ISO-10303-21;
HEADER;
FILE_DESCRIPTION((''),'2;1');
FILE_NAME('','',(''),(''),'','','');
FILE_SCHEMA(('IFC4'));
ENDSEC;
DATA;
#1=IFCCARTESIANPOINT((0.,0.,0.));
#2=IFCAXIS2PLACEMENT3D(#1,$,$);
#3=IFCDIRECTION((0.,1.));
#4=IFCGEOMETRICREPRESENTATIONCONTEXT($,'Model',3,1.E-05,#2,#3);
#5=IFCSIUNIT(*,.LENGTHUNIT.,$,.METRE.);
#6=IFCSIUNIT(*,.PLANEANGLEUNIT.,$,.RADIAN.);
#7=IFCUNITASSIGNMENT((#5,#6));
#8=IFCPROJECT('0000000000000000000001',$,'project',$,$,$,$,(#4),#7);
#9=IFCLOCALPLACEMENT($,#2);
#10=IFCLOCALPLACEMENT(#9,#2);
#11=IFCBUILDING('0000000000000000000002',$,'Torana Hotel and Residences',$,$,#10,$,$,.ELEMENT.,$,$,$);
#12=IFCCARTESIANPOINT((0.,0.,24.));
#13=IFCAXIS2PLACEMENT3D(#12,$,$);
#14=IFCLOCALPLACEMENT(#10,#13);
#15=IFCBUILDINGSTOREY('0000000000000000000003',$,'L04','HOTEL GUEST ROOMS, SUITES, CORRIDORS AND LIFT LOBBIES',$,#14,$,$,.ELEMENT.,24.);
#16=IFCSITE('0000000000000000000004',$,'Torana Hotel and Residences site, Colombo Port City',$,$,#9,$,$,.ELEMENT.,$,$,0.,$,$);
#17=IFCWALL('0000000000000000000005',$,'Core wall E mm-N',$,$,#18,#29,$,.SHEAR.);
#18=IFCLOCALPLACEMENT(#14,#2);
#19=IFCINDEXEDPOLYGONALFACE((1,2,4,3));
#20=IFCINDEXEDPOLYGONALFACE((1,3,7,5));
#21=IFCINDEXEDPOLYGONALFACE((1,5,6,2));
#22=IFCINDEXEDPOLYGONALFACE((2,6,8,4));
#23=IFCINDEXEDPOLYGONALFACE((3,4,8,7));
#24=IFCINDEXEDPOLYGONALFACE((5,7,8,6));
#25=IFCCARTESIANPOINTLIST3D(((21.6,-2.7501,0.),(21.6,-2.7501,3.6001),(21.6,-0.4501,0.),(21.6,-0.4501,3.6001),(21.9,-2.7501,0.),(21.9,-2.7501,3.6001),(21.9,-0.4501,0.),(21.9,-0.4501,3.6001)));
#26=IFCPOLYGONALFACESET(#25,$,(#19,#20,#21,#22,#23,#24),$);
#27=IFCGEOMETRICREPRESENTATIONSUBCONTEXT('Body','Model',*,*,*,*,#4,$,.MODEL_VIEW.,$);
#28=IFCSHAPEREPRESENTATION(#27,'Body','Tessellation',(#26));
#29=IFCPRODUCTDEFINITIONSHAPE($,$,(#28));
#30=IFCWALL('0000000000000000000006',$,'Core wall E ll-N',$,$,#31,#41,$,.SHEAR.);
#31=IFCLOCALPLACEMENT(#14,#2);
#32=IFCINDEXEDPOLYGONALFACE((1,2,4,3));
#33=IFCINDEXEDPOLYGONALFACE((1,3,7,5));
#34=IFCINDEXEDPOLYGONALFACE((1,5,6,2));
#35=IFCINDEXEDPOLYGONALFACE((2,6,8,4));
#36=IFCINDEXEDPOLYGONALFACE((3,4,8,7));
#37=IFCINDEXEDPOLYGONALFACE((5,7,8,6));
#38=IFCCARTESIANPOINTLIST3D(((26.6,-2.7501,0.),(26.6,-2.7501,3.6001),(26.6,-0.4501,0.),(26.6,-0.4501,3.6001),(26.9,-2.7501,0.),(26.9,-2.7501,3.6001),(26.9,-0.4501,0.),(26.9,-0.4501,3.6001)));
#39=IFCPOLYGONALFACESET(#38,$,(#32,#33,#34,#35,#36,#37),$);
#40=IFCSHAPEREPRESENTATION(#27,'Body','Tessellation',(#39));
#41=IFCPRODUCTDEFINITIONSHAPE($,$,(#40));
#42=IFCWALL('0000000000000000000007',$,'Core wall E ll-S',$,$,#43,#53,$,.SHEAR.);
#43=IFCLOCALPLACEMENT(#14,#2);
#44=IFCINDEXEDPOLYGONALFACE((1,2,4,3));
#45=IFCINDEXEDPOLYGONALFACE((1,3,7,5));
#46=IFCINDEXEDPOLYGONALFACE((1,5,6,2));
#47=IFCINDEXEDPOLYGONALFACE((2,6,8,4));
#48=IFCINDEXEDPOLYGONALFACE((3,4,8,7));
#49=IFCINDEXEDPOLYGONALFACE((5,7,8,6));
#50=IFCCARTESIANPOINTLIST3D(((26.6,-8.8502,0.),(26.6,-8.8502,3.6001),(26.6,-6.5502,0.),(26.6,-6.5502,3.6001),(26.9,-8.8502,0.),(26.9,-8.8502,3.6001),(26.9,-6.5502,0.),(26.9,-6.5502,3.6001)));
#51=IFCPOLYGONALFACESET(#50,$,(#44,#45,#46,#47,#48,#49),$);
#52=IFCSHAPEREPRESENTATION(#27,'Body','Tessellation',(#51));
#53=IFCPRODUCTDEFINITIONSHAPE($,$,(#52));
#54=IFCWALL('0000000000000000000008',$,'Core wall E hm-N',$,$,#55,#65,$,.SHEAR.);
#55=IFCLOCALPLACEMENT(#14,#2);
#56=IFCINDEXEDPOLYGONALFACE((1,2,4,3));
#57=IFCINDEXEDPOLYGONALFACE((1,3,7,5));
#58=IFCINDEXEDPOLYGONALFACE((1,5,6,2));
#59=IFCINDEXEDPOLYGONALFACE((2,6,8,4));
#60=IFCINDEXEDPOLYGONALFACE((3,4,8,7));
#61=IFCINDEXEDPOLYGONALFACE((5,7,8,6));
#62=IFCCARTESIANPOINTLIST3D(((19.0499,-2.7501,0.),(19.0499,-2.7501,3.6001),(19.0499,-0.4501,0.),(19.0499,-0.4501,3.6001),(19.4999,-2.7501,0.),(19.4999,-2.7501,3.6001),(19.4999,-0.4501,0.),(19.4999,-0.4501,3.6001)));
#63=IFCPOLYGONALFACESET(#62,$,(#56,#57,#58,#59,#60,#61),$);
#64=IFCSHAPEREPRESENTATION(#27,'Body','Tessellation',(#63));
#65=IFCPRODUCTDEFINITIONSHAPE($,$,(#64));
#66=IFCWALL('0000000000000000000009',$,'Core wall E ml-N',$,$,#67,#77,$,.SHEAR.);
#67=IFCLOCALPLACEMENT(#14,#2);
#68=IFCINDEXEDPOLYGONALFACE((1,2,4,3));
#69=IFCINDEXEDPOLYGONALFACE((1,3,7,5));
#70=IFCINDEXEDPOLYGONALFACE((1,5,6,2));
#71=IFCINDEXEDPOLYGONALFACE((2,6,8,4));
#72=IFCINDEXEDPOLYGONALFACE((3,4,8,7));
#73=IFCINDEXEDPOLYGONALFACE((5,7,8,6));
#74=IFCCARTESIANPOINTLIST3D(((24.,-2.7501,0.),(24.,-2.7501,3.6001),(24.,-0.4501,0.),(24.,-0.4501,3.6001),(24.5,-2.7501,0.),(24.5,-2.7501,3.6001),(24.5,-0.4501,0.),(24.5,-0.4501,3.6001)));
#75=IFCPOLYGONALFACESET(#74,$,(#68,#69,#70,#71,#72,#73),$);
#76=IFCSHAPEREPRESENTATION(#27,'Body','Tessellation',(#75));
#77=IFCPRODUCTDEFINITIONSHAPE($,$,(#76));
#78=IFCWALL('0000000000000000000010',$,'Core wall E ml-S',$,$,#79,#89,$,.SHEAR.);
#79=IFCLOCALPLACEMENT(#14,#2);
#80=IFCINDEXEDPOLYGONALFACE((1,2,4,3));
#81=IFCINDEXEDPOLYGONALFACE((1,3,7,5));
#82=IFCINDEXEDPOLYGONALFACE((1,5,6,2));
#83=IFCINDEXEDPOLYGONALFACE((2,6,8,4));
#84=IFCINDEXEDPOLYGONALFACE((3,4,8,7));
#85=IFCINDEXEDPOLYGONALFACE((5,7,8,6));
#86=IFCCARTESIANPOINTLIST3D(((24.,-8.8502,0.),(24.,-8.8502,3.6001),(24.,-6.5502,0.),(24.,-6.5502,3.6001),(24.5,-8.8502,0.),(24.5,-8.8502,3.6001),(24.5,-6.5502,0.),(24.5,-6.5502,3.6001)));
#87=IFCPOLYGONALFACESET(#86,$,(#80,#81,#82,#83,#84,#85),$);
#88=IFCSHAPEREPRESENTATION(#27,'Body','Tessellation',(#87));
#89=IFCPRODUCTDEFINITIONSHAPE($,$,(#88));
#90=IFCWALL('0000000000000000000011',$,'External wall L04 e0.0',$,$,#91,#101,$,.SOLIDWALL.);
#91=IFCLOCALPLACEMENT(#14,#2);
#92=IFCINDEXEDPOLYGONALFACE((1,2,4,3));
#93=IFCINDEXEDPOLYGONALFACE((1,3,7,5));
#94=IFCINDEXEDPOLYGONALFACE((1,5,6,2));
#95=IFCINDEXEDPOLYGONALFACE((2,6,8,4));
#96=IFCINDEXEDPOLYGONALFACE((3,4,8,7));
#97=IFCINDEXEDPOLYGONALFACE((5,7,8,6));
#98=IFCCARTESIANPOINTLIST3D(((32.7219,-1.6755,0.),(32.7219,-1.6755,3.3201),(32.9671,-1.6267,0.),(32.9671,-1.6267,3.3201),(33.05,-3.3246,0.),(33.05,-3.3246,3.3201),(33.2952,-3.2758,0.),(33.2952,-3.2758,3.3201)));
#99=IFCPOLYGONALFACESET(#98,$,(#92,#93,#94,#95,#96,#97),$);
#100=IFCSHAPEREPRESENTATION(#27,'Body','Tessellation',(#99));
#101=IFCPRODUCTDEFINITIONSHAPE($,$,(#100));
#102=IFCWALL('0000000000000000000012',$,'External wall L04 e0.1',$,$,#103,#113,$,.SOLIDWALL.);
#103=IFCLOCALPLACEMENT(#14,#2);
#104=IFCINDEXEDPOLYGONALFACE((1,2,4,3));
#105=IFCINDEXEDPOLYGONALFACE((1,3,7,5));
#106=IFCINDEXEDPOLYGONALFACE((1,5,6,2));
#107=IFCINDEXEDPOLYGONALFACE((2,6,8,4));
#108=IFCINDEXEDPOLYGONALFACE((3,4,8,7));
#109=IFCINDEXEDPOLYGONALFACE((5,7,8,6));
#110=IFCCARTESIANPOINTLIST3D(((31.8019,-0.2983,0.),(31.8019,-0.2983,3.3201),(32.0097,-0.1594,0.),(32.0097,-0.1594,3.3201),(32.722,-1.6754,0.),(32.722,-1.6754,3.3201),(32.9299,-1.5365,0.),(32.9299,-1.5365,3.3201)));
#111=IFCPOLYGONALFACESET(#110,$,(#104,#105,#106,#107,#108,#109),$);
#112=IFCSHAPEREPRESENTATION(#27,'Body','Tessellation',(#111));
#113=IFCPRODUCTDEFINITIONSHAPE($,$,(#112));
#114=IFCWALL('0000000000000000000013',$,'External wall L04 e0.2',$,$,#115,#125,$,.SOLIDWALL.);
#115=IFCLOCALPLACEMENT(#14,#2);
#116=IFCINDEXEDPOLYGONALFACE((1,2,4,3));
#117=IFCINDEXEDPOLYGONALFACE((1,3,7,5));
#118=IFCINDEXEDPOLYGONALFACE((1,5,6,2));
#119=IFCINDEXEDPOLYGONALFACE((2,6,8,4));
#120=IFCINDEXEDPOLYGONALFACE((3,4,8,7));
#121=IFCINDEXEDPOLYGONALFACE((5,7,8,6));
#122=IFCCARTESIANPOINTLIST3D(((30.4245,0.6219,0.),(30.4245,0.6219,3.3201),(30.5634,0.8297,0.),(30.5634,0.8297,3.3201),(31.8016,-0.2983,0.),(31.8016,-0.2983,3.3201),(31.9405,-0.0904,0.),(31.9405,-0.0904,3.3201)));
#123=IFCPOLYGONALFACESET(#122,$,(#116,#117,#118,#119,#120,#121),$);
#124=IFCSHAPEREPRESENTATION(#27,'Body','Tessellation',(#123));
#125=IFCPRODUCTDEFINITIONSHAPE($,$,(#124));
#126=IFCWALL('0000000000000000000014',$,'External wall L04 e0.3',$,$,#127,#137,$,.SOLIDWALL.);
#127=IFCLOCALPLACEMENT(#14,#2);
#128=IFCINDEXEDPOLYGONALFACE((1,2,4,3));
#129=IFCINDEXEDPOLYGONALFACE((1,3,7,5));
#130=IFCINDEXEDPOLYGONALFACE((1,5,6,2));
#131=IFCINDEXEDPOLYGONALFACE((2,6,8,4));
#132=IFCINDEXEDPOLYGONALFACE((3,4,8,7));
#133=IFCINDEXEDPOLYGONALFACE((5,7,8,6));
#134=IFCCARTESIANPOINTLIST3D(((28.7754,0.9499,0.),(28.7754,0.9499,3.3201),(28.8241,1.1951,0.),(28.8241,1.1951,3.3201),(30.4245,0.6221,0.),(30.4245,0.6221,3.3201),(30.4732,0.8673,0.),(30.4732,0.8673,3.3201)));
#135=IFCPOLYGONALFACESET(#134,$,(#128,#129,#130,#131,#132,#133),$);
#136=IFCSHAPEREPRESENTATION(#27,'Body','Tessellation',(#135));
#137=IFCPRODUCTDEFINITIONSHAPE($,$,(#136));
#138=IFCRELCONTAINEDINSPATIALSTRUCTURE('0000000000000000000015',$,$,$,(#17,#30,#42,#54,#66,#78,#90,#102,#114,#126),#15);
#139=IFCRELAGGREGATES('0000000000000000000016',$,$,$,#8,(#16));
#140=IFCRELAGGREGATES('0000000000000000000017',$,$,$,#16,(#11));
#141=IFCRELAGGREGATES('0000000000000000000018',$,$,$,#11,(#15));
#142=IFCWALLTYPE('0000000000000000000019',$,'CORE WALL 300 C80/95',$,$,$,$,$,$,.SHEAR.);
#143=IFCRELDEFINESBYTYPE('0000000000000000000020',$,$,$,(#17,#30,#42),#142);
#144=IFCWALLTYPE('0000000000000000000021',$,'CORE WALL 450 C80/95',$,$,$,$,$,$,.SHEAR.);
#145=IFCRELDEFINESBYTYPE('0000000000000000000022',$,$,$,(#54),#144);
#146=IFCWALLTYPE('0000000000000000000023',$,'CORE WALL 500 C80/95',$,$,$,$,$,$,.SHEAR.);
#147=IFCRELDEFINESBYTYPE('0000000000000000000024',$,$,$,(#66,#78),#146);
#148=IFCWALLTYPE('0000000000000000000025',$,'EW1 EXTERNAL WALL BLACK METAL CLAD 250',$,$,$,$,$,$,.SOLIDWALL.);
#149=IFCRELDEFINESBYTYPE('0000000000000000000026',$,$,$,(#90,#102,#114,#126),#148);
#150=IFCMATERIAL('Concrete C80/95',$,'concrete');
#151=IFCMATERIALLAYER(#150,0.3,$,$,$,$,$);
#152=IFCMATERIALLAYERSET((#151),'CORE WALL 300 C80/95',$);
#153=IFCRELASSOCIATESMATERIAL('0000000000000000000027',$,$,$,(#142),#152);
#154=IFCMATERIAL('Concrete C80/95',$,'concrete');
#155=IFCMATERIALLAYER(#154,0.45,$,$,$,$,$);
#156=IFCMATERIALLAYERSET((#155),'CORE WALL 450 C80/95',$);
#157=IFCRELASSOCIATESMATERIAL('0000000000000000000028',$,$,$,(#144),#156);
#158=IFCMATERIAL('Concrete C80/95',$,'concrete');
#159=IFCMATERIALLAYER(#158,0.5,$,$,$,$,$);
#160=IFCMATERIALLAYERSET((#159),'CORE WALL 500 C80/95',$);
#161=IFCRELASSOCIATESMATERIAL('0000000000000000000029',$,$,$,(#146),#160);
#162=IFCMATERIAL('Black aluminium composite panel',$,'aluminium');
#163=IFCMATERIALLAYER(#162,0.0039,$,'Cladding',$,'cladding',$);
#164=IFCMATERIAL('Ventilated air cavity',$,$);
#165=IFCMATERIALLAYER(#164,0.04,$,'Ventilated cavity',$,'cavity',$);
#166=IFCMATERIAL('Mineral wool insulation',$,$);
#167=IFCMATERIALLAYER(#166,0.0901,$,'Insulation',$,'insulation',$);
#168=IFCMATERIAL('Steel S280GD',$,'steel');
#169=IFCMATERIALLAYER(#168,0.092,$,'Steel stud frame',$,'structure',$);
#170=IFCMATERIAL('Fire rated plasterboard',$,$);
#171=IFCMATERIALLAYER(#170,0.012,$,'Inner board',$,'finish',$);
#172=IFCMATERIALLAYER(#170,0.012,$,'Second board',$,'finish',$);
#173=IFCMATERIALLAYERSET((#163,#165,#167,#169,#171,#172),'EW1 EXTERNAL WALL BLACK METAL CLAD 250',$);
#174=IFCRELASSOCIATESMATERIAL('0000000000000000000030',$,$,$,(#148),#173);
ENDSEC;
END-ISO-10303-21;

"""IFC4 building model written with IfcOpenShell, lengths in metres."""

from ifc_helpers import new_model, si_unit, direction, frame, frame_2d, origin, place, context, subcontext, project, spatial, rectangle, extrude, material, layer, layer_set, type_object, element, save


model = new_model("IFC4")

# Units and contexts
model_context = context("Model", 3, precision=1e-05, world=origin(), true_north=direction((0.0, 1.0)))
body_context = subcontext(model_context, "Body", "Model", "MODEL_VIEW")
ifc_project = project(units=[si_unit("LENGTHUNIT", "METRE"), si_unit("PLANEANGLEUNIT", "RADIAN")], contexts=[model_context])

# Site, building, storey
site_placement = place(None, origin())
site = spatial("IfcSite", under=ifc_project, at=site_placement, Name="Torana Hotel and Residences site, Colombo Port City", CompositionType="ELEMENT", RefElevation=0.0)
building_placement = place(site_placement, origin())
building = spatial("IfcBuilding", under=site, at=building_placement, Name="Torana Hotel and Residences", CompositionType="ELEMENT")
storey_placement = place(building_placement, frame((0.0, 0.0, 24.0)))
storey = spatial("IfcBuildingStorey", under=building, at=storey_placement, Name="L04", Description="HOTEL GUEST ROOMS, SUITES, CORRIDORS AND LIFT LOBBIES", CompositionType="ELEMENT", Elevation=24.0)

# Walls
ifc_material_1 = material(Name="Concrete C80/95", Category="concrete")
ifc_layer_1 = layer(ifc_material_1, 0.3)
ifc_layer_set_1 = layer_set([ifc_layer_1], Name="CORE WALL 300 C80/95")
wall_type_1 = type_object("IfcWallType", Name="CORE WALL 300 C80/95", PredefinedType="SHEAR", material=ifc_layer_set_1)
for number, where, z_axis, x_axis, name in (
    (1, (21.75, -2.75, 0.0), (0.0, 0.0, 1.0), (0.0, 1.0, 0.0), "Core wall E mm-N"),
    (2, (26.75, -2.75, 0.0), (0.0, 0.0, 1.0), (0.0, 1.0, 0.0), "Core wall E ll-N"),
    (3, (26.75, -8.8501, 0.0), (0.0, 0.0, 1.0), (0.0, 1.0, 0.0), "Core wall E ll-S"),
):
    element("IfcWall", number, at=place(storey_placement, frame(where, z_axis=z_axis, x_axis=x_axis)), inside=storey, type_object=wall_type_1, Name=name, PredefinedType="SHEAR", context=body_context, shape_type="SweptSolid", body=[
        extrude(rectangle(XDim=2.3, YDim=0.3, at=frame_2d((1.1499, 0.0))), origin(), (0.0, 0.0, 1.0), 3.6001),
    ])
ifc_material_2 = material(Name="Concrete C80/95", Category="concrete")
ifc_layer_2 = layer(ifc_material_2, 0.45)
ifc_layer_set_2 = layer_set([ifc_layer_2], Name="CORE WALL 450 C80/95")
wall_type_2 = type_object("IfcWallType", Name="CORE WALL 450 C80/95", PredefinedType="SHEAR", material=ifc_layer_set_2)
wall_1_placement = place(storey_placement, frame((19.2749, -2.75, 0.0), z_axis=(0.0, 0.0, 1.0), x_axis=(0.0, 1.0, 0.0)))
element("IfcWall", 4, at=wall_1_placement, inside=storey, type_object=wall_type_2, Name="Core wall E hm-N", PredefinedType="SHEAR", context=body_context, shape_type="SweptSolid", body=[
    extrude(rectangle(XDim=2.3, YDim=0.45, at=frame_2d((1.1499, 0.0))), origin(), (0.0, 0.0, 1.0), 3.6001),
])
ifc_material_3 = material(Name="Concrete C80/95", Category="concrete")
ifc_layer_3 = layer(ifc_material_3, 0.5)
ifc_layer_set_3 = layer_set([ifc_layer_3], Name="CORE WALL 500 C80/95")
wall_type_3 = type_object("IfcWallType", Name="CORE WALL 500 C80/95", PredefinedType="SHEAR", material=ifc_layer_set_3)
for number, where, z_axis, x_axis, name in (
    (5, (24.25, -2.75, 0.0), (0.0, 0.0, 1.0), (0.0, 1.0, 0.0), "Core wall E ml-N"),
    (6, (24.25, -8.8501, 0.0), (0.0, 0.0, 1.0), (0.0, 1.0, 0.0), "Core wall E ml-S"),
):
    element("IfcWall", number, at=place(storey_placement, frame(where, z_axis=z_axis, x_axis=x_axis)), inside=storey, type_object=wall_type_3, Name=name, PredefinedType="SHEAR", context=body_context, shape_type="SweptSolid", body=[
        extrude(rectangle(XDim=2.3, YDim=0.5, at=frame_2d((1.1499, 0.0))), origin(), (0.0, 0.0, 1.0), 3.6001),
    ])
ifc_material_4 = material(Name="Black aluminium composite panel", Category="aluminium")
ifc_layer_4 = layer(ifc_material_4, 0.0039, Name="Cladding", Category="cladding")
ifc_material_5 = material(Name="Ventilated air cavity")
ifc_layer_5 = layer(ifc_material_5, 0.04, Name="Ventilated cavity", Category="cavity")
ifc_material_6 = material(Name="Mineral wool insulation")
ifc_layer_6 = layer(ifc_material_6, 0.0901, Name="Insulation", Category="insulation")
ifc_material_7 = material(Name="Steel S280GD", Category="steel")
ifc_layer_7 = layer(ifc_material_7, 0.092, Name="Steel stud frame", Category="structure")
ifc_material_8 = material(Name="Fire rated plasterboard")
ifc_layer_8 = layer(ifc_material_8, 0.012, Name="Inner board", Category="finish")
ifc_layer_9 = layer(ifc_material_8, 0.012, Name="Second board", Category="finish")
ifc_layer_set_4 = layer_set([ifc_layer_4, ifc_layer_5, ifc_layer_6, ifc_layer_7, ifc_layer_8, ifc_layer_9], Name="EW1 EXTERNAL WALL BLACK METAL CLAD 250")
wall_type_4 = type_object("IfcWallType", Name="EW1 EXTERNAL WALL BLACK METAL CLAD 250", PredefinedType="SOLIDWALL", material=ifc_layer_set_4)
wall_2_placement = place(storey_placement, frame((33.1726, -3.3003, 0.0), z_axis=(0.0, 0.0, 1.0), x_axis=(-0.195139, 0.980776, 0.0)))
element("IfcWall", 7, at=wall_2_placement, inside=storey, type_object=wall_type_4, Name="External wall L04 e0.0", PredefinedType="SOLIDWALL", context=body_context, shape_type="SweptSolid", body=[
    extrude(rectangle(XDim=1.6814, YDim=0.25, at=frame_2d((0.8408, 0.0))), origin(), (0.0, 0.0, 1.0), 3.3201),
])
for number, where, z_axis, x_axis, name in (
    (8, (32.8259, -1.606, 0.0), (0.0, 0.0, 1.0), (-0.55555, 0.831483, 0.0), "External wall L04 e0.1"),
    (9, (31.8711, -0.1943, 0.0), (0.0, 0.0, 1.0), (-0.831483, 0.55555, 0.0), "External wall L04 e0.2"),
):
    element("IfcWall", number, at=place(storey_placement, frame(where, z_axis=z_axis, x_axis=x_axis)), inside=storey, type_object=wall_type_4, Name=name, PredefinedType="SOLIDWALL", context=body_context, shape_type="SweptSolid", body=[
        extrude(rectangle(XDim=1.6562, YDim=0.25, at=frame_2d((0.8281, 0.0))), origin(), (0.0, 0.0, 1.0), 3.3201),
    ])
wall_3_placement = place(storey_placement, frame((30.449, 0.7446, 0.0), z_axis=(0.0, 0.0, 1.0), x_axis=(-0.980803, 0.194999, 0.0)))
element("IfcWall", 10, at=wall_3_placement, inside=storey, type_object=wall_type_4, Name="External wall L04 e0.3", PredefinedType="SOLIDWALL", context=body_context, shape_type="SweptSolid", body=[
    extrude(rectangle(XDim=1.6814, YDim=0.25, at=frame_2d((0.8408, 0.0))), origin(), (0.0, 0.0, 1.0), 3.3201),
])

save(model, "model.ifc")
